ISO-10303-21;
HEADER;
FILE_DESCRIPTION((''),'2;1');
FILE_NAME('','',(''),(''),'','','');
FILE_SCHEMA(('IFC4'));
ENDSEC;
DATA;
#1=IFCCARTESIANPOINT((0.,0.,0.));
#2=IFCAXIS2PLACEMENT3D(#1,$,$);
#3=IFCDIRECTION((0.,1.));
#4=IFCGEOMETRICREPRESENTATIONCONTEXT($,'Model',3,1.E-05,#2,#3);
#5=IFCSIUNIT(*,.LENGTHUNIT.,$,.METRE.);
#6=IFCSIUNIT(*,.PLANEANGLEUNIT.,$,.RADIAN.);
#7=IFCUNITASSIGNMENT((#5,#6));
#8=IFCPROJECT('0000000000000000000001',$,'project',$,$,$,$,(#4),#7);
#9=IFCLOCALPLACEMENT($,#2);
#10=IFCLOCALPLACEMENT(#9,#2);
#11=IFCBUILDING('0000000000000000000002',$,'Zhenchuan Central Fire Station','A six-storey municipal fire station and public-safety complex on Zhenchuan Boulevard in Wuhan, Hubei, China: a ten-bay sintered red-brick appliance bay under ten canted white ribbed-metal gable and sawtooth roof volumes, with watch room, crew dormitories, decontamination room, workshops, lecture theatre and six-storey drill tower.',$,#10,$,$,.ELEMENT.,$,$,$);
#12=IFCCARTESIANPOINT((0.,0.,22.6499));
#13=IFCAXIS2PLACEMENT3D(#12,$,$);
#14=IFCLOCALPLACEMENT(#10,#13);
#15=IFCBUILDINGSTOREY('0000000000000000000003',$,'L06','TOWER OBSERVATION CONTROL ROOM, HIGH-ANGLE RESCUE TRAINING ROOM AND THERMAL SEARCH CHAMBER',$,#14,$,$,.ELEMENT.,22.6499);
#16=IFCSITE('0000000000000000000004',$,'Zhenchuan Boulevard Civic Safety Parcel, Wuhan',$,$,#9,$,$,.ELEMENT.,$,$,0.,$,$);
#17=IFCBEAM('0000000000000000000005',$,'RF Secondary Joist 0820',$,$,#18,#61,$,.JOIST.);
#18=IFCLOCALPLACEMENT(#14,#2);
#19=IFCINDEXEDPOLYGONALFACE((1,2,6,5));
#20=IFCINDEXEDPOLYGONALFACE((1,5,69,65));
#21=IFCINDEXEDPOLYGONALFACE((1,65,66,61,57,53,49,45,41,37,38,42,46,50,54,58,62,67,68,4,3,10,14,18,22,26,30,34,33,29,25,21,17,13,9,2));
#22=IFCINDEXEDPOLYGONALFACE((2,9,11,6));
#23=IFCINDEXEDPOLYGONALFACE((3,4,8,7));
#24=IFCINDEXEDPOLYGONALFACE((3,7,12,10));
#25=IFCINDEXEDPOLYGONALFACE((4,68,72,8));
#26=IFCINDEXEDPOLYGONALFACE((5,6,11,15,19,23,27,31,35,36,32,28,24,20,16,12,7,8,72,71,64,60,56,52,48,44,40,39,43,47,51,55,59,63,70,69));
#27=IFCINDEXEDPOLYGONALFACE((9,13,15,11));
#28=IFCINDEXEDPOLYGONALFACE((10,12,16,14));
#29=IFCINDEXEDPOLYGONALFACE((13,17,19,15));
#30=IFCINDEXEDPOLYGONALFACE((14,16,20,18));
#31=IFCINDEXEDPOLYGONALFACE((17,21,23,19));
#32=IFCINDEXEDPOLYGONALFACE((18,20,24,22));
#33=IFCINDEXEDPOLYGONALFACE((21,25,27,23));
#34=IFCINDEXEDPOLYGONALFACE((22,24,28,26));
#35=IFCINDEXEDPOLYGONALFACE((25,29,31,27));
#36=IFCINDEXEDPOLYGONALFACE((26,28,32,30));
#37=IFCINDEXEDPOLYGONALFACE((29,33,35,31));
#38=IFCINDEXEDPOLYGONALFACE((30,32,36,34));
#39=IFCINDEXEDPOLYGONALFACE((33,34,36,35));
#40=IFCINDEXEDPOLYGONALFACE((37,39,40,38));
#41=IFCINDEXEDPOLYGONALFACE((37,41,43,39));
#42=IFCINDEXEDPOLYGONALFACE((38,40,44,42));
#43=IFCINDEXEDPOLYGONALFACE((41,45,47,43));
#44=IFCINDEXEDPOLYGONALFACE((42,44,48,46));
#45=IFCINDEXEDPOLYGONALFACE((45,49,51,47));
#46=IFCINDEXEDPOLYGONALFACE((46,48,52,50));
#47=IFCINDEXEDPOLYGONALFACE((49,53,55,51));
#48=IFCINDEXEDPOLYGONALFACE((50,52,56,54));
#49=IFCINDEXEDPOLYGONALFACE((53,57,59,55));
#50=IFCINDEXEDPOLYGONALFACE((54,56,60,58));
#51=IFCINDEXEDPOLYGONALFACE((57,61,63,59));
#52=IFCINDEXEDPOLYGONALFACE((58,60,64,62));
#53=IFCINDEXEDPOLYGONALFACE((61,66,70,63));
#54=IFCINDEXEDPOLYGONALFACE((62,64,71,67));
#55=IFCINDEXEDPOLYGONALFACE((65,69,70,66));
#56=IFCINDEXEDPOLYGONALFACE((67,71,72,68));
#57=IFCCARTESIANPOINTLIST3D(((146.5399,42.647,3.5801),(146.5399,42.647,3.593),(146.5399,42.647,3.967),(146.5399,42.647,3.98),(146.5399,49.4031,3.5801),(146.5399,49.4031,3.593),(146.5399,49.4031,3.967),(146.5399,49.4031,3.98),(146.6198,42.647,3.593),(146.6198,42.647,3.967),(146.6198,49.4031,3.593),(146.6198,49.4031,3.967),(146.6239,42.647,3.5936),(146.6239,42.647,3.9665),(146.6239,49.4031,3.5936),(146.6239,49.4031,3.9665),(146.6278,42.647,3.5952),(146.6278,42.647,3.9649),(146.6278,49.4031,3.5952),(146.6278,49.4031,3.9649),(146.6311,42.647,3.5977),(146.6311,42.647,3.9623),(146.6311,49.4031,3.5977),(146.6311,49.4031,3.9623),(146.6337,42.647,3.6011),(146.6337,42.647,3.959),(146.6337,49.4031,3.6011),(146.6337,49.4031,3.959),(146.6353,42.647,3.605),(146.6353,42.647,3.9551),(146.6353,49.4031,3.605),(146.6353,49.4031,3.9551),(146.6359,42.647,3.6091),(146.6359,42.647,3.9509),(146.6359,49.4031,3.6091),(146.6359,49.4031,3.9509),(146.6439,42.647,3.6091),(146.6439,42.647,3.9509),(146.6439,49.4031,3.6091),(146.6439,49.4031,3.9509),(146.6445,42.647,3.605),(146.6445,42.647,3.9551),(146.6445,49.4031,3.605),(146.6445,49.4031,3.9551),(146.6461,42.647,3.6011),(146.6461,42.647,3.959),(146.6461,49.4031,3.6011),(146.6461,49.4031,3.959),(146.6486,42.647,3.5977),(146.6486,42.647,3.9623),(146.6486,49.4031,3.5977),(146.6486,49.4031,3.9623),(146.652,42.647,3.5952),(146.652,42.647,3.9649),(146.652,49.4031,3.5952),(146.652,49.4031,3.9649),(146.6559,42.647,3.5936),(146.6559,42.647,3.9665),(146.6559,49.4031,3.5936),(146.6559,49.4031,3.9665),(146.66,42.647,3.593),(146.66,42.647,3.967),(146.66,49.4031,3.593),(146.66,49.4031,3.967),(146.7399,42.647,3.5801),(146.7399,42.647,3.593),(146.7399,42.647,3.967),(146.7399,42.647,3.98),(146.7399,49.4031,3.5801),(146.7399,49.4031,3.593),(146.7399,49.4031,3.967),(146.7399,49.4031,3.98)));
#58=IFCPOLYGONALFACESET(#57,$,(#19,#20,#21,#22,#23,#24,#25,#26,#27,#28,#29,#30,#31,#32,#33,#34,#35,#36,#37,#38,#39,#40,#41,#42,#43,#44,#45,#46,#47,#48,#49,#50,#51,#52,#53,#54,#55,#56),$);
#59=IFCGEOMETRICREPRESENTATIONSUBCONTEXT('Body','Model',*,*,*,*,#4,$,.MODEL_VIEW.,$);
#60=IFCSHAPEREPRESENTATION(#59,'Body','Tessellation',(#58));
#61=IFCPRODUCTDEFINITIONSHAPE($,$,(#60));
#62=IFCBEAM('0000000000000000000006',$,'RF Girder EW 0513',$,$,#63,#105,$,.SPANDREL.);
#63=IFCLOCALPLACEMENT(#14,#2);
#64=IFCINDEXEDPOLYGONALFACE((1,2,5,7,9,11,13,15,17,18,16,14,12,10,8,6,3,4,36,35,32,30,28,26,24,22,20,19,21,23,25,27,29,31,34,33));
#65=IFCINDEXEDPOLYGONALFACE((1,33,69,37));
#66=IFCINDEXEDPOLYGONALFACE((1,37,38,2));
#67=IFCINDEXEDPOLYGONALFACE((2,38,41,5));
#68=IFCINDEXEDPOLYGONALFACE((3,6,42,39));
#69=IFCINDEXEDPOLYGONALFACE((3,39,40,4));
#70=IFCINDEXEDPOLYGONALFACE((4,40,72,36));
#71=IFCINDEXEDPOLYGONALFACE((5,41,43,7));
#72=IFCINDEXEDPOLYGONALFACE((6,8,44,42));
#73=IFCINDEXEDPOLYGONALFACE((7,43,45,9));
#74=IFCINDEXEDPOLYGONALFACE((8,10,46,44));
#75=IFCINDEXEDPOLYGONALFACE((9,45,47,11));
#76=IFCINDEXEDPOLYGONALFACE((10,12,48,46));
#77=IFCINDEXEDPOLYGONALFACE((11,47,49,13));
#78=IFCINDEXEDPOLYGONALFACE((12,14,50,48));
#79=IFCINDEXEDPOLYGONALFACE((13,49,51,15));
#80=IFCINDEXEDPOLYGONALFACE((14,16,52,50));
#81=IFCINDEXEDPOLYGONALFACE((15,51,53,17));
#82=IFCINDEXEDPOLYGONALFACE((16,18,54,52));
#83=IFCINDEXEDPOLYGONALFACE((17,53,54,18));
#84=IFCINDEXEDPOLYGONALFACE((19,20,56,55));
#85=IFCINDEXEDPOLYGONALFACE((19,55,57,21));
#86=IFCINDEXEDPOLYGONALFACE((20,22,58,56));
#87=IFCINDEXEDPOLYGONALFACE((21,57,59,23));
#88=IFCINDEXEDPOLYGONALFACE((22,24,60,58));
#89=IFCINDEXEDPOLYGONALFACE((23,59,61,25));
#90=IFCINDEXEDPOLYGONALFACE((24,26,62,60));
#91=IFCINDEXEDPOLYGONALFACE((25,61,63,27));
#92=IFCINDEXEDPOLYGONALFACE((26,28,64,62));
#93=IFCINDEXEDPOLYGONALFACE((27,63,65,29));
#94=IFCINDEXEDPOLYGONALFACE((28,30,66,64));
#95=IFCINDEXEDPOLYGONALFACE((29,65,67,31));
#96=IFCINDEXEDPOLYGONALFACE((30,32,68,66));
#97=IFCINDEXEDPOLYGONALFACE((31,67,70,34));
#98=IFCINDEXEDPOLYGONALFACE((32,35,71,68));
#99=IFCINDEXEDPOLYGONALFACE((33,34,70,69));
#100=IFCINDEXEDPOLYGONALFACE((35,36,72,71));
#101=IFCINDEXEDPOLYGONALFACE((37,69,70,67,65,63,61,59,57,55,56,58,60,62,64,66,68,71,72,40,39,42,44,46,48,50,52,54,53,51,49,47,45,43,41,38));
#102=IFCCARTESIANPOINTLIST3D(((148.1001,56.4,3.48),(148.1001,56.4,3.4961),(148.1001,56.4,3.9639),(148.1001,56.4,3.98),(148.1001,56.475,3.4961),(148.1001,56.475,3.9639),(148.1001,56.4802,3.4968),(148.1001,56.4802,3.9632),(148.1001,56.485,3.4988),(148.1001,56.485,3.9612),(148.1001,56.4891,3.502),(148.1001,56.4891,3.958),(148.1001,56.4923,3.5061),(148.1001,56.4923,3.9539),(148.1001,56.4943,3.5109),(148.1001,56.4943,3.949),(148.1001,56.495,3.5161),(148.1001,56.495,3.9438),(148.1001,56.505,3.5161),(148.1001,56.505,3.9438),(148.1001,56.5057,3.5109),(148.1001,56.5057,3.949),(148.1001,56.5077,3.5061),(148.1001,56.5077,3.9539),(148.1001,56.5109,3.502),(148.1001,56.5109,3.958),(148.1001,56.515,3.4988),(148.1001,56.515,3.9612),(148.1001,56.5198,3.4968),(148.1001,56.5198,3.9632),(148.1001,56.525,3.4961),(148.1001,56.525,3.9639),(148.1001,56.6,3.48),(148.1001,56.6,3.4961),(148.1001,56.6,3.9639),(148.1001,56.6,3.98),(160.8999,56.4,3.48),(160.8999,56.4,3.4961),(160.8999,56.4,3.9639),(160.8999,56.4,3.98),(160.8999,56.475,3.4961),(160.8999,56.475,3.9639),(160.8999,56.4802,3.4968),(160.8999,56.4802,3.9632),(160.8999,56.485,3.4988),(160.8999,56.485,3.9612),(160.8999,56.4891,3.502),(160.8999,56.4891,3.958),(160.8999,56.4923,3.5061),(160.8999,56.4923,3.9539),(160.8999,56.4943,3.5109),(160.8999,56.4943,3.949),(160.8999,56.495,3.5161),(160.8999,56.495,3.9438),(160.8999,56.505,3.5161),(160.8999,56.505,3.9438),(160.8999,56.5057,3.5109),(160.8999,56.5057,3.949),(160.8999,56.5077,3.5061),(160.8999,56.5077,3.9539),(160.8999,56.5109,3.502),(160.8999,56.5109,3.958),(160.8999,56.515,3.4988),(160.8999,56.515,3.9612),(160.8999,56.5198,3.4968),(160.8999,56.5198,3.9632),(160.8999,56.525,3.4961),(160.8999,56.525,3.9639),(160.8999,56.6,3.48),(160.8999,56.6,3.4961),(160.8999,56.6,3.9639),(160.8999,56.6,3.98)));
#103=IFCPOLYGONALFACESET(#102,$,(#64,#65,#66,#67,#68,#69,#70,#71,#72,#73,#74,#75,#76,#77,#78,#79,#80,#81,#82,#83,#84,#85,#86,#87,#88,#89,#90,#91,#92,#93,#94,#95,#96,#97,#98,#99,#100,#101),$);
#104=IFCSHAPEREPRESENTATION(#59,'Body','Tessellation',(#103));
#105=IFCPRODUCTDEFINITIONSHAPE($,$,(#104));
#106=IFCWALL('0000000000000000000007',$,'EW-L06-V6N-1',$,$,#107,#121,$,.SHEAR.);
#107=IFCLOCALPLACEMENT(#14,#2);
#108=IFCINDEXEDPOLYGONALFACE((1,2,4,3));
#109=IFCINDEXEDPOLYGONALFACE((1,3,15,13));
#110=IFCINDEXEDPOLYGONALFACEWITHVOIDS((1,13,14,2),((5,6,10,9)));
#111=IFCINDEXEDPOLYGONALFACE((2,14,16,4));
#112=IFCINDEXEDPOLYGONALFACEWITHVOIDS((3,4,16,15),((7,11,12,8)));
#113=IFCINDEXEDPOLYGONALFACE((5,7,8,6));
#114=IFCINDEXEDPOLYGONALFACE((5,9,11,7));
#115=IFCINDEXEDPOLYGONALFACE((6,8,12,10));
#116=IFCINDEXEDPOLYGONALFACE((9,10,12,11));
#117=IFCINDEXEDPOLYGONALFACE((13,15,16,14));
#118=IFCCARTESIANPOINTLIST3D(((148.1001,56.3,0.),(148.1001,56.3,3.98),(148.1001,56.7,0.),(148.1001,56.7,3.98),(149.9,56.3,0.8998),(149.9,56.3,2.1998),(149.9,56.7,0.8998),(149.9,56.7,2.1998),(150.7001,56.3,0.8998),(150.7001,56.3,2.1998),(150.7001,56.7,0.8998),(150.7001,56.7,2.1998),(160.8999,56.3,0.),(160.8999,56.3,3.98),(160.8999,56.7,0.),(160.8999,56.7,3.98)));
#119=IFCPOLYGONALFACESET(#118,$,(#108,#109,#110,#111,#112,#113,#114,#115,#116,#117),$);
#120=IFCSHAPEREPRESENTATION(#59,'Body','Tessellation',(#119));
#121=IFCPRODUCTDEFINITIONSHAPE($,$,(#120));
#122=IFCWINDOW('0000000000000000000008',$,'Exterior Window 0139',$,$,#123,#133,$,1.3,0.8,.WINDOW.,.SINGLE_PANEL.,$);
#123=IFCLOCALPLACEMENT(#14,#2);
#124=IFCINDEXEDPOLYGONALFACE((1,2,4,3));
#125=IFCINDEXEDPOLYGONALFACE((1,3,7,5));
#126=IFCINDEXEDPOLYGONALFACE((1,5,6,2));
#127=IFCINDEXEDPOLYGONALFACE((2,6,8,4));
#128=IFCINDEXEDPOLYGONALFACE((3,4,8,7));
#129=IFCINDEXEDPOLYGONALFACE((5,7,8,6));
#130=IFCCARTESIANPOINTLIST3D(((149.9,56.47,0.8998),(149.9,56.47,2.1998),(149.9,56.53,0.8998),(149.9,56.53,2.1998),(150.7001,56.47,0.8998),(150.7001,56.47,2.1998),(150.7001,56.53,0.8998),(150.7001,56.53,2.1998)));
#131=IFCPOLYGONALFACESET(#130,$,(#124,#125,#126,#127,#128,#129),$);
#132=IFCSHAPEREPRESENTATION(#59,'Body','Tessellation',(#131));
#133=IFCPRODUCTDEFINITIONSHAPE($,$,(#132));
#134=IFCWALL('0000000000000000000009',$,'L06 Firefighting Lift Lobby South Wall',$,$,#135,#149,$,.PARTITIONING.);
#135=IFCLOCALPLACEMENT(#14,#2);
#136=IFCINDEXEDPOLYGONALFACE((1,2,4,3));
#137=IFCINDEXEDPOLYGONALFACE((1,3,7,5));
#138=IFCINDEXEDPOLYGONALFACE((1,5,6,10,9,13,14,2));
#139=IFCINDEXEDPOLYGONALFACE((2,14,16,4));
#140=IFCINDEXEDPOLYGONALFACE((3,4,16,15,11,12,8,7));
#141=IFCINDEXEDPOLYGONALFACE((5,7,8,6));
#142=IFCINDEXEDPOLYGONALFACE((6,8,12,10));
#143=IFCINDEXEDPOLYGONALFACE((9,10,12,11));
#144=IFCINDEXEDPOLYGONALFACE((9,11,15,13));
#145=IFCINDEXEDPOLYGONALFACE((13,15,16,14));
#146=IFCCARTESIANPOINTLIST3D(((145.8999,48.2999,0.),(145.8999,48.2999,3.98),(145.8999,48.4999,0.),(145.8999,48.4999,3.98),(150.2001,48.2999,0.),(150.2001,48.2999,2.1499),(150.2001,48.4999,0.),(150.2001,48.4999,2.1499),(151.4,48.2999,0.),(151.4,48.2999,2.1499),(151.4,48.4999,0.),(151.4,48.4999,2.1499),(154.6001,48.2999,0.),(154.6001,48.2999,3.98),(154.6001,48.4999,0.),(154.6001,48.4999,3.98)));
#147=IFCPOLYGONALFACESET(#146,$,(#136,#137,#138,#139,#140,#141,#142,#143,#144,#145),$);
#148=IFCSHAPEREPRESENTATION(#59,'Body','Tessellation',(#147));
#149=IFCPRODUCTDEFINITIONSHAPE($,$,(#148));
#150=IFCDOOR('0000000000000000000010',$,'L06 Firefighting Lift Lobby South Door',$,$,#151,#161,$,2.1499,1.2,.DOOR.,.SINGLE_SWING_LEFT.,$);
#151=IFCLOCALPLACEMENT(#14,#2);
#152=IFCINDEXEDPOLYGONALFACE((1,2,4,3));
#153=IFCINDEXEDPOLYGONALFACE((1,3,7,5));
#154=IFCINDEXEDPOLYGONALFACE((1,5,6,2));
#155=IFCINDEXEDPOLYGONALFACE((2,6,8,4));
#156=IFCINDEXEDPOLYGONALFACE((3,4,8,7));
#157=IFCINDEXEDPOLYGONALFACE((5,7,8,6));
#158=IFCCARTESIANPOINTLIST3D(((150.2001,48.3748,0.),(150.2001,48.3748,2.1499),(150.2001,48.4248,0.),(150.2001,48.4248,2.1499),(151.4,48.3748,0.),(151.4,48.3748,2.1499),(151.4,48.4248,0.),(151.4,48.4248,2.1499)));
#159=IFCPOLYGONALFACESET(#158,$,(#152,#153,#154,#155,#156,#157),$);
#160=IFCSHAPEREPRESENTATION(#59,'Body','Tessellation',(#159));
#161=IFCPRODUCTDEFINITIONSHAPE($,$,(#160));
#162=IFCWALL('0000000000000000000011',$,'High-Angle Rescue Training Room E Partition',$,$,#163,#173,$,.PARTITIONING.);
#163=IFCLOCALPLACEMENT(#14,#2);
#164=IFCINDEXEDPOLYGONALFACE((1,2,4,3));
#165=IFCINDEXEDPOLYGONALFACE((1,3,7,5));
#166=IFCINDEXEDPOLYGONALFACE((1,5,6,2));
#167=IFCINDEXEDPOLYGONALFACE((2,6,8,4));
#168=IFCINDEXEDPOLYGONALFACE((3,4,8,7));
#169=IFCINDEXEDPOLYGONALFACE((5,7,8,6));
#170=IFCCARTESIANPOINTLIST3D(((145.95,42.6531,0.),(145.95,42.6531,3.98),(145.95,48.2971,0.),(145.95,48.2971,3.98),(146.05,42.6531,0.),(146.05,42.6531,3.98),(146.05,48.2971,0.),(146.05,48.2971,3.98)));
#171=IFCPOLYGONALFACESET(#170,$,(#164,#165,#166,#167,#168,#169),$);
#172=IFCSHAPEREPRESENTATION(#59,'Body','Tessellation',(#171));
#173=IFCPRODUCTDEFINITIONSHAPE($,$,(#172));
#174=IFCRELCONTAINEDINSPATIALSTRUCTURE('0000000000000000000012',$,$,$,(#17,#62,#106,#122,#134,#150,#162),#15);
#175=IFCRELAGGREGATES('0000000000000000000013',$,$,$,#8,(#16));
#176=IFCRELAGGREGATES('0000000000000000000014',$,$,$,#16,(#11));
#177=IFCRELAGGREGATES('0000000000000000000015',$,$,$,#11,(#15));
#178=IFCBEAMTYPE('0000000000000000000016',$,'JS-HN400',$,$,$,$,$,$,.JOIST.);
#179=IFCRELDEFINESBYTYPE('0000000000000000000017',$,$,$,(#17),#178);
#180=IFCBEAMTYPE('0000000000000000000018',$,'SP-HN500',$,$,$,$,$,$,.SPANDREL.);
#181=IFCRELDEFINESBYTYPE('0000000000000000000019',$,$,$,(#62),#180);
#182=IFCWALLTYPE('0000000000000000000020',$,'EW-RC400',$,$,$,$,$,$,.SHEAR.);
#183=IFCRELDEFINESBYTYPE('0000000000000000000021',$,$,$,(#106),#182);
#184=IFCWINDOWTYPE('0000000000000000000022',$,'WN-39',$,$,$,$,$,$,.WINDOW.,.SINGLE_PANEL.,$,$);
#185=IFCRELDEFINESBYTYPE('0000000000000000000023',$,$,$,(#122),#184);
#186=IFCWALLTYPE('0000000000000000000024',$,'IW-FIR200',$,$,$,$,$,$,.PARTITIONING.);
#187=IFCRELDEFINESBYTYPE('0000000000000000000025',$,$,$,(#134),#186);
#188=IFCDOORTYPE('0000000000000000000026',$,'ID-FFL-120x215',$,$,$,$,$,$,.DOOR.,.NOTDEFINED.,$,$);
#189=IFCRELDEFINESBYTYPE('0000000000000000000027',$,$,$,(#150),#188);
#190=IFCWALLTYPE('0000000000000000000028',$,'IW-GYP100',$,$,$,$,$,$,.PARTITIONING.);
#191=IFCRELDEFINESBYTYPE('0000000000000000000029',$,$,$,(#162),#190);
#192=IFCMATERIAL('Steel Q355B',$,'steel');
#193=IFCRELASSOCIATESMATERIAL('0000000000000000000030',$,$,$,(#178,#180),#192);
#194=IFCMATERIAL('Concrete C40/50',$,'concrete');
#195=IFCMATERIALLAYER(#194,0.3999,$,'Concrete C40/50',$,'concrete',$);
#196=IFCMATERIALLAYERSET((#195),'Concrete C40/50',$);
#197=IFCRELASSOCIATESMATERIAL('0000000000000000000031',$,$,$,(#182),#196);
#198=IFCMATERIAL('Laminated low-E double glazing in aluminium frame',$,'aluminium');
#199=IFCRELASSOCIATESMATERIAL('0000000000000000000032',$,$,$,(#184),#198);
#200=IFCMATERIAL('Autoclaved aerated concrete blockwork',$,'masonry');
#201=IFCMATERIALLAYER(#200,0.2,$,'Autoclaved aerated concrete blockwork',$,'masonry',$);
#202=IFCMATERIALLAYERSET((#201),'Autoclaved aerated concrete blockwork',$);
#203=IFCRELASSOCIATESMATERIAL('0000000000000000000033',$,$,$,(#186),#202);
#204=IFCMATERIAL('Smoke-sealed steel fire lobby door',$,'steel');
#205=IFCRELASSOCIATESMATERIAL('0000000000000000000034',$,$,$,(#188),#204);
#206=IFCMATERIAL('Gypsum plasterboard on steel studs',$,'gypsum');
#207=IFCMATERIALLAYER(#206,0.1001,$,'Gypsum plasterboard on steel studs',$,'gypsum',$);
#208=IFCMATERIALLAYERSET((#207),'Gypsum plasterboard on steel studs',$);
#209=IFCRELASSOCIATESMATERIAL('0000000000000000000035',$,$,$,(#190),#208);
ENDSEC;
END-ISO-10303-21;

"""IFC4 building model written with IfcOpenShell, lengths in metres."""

from ifc_helpers import new_model, si_unit, direction, frame, frame_2d, origin, origin_2d, place, context, subcontext, project, spatial, rectangle, i_section, extrude, material, layer, layer_set, material_profile, profile_set, type_object, element, fill, save


model = new_model("IFC4")

# Units and contexts
model_context = context("Model", 3, precision=1e-05, world=origin(), true_north=direction((0.0, 1.0)))
body_context = subcontext(model_context, "Body", "Model", "MODEL_VIEW")
ifc_project = project(units=[si_unit("LENGTHUNIT", "METRE"), si_unit("PLANEANGLEUNIT", "RADIAN")], contexts=[model_context])

# Site, building, storey
site_placement = place(None, origin())
site = spatial("IfcSite", under=ifc_project, at=site_placement, Name="Zhenchuan Boulevard Civic Safety Parcel, Wuhan", CompositionType="ELEMENT", RefElevation=0.0)
building_placement = place(site_placement, origin())
building = spatial("IfcBuilding", under=site, at=building_placement, Name="Zhenchuan Central Fire Station", Description="A six-storey municipal fire station and public-safety complex on Zhenchuan Boulevard in Wuhan, Hubei, China: a ten-bay sintered red-brick appliance bay under ten canted white ribbed-metal gable and sawtooth roof volumes, with watch room, crew dormitories, decontamination room, workshops, lecture theatre and six-storey drill tower.", CompositionType="ELEMENT")
storey_placement = place(building_placement, frame((0.0, 0.0, 22.6499)))
storey = spatial("IfcBuildingStorey", under=building, at=storey_placement, Name="L06", Description="TOWER OBSERVATION CONTROL ROOM, HIGH-ANGLE RESCUE TRAINING ROOM AND THERMAL SEARCH CHAMBER", CompositionType="ELEMENT", Elevation=22.6499)

# Shared definitions
ifc_material_1 = material(Name="Steel Q355B", Category="steel")

# Beams
ifc_material_profile_1 = material_profile(ifc_material_1, i_section(OverallWidth=0.2, OverallDepth=0.3999, WebThickness=0.0081, FlangeThickness=0.0129, FilletRadius=0.0161, at=origin_2d()), Name="HN 400x200")
ifc_profile_set_1 = profile_set([ifc_material_profile_1], Name="Steel Q355B")
beam_type_1 = type_object("IfcBeamType", Name="JS-HN400", PredefinedType="JOIST", material=ifc_profile_set_1)
beam_1_placement = place(storey_placement, frame((146.6399, 42.647, 3.78), z_axis=(0.0, 1.0, 0.0), x_axis=(-1.0, 0.0, 0.0)))
element("IfcBeam", 1, at=beam_1_placement, inside=storey, type_object=beam_type_1, Name="RF Secondary Joist 0820", PredefinedType="JOIST", context=body_context, shape_type="SweptSolid", body=[
    extrude(i_section(OverallWidth=0.2, OverallDepth=0.3999, WebThickness=0.0081, FlangeThickness=0.0129, FilletRadius=0.0161, at=origin_2d()), origin(), (0.0, 0.0, 1.0), 6.7561),
])
ifc_material_profile_2 = material_profile(ifc_material_1, i_section(OverallWidth=0.2, OverallDepth=0.5, WebThickness=0.01, FlangeThickness=0.0161, FilletRadius=0.02, at=origin_2d()), Name="HN 500x200")
ifc_profile_set_2 = profile_set([ifc_material_profile_2], Name="Steel Q355B")
beam_type_2 = type_object("IfcBeamType", Name="SP-HN500", PredefinedType="SPANDREL", material=ifc_profile_set_2)
beam_2_placement = place(storey_placement, frame((148.1001, 56.5, 3.73), z_axis=(1.0, 0.0, 0.0), x_axis=(0.0, 1.0, 0.0)))
element("IfcBeam", 2, at=beam_2_placement, inside=storey, type_object=beam_type_2, Name="RF Girder EW 0513", PredefinedType="SPANDREL", context=body_context, shape_type="SweptSolid", body=[
    extrude(i_section(OverallWidth=0.2, OverallDepth=0.5, WebThickness=0.01, FlangeThickness=0.0161, FilletRadius=0.02, at=origin_2d()), origin(), (0.0, 0.0, 1.0), 12.7998),
])

# Wall, opening, window
ifc_material_2 = material(Name="Concrete C40/50", Category="concrete")
ifc_layer_1 = layer(ifc_material_2, 0.3999, Name="Concrete C40/50", Category="concrete")
ifc_layer_set_1 = layer_set([ifc_layer_1], Name="Concrete C40/50")
wall_type_1 = type_object("IfcWallType", Name="EW-RC400", PredefinedType="SHEAR", material=ifc_layer_set_1)
wall_1_placement = place(storey_placement, frame((148.1001, 56.5, 0.0), z_axis=(0.0, 0.0, 1.0), x_axis=(1.0, 0.0, 0.0)))
wall_1 = element("IfcWall", 3, at=wall_1_placement, inside=storey, type_object=wall_type_1, Name="EW-L06-V6N-1", PredefinedType="SHEAR", context=body_context, shape_type="SweptSolid", body=[
    extrude(rectangle(XDim=12.7998, YDim=0.3999, at=frame_2d((6.3999, 0.0))), origin(), (0.0, 0.0, 1.0), 3.98),
])
opening_1_placement = place(wall_1_placement, frame((1.8, 0.0, 0.8999)))
opening_1 = element("IfcOpeningElement", 4, at=opening_1_placement, cuts=wall_1, PredefinedType="OPENING", context=body_context, shape_type="SweptSolid", body=[
    extrude(rectangle(XDim=0.8, YDim=1.3, at=frame_2d((0.3999, 0.6499))), frame((0.0, 0.21, 0.0), z_axis=(0.0, -1.0, 0.0), x_axis=(1.0, 0.0, 0.0)), (0.0, 0.0, 1.0), 0.4199),
])
ifc_material_3 = material(Name="Laminated low-E double glazing in aluminium frame", Category="aluminium")
window_type = type_object("IfcWindowType", Name="WN-39", PartitioningType="SINGLE_PANEL", PredefinedType="WINDOW", material=ifc_material_3)
window_placement = place(opening_1_placement, origin())
window = element("IfcWindow", 5, at=window_placement, inside=storey, type_object=window_type, Name="Exterior Window 0139", OverallHeight=1.3, OverallWidth=0.8, PartitioningType="SINGLE_PANEL", PredefinedType="WINDOW", context=body_context, shape_type="SweptSolid", body=[
    extrude(rectangle(XDim=0.8, YDim=1.3, at=frame_2d((0.3999, 0.6499))), frame((0.0, 0.03, 0.0), z_axis=(0.0, -1.0, 0.0), x_axis=(1.0, 0.0, 0.0)), (0.0, 0.0, 1.0), 0.0601),
])
fill(opening_1, window)

# Shared definitions
ifc_material_4 = material(Name="Autoclaved aerated concrete blockwork", Category="masonry")
ifc_layer_2 = layer(ifc_material_4, 0.2, Name="Autoclaved aerated concrete blockwork", Category="masonry")
ifc_layer_set_2 = layer_set([ifc_layer_2], Name="Autoclaved aerated concrete blockwork")
wall_type_2 = type_object("IfcWallType", Name="IW-FIR200", PredefinedType="PARTITIONING", material=ifc_layer_set_2)

# Wall, opening, door
wall_2_placement = place(storey_placement, frame((145.8999, 48.3999, 0.0), z_axis=(0.0, 0.0, 1.0), x_axis=(1.0, 0.0, 0.0)))
wall_2 = element("IfcWall", 6, at=wall_2_placement, inside=storey, type_object=wall_type_2, Name="L06 Firefighting Lift Lobby South Wall", PredefinedType="PARTITIONING", context=body_context, shape_type="SweptSolid", body=[
    extrude(rectangle(XDim=8.7002, YDim=0.2, at=frame_2d((4.3501, 0.0))), origin(), (0.0, 0.0, 1.0), 3.98),
])
opening_2_placement = place(wall_2_placement, frame((4.3, 0.0, 0.0)))
opening_2 = element("IfcOpeningElement", 7, at=opening_2_placement, cuts=wall_2, PredefinedType="OPENING", context=body_context, shape_type="SweptSolid", body=[
    extrude(rectangle(XDim=1.2, YDim=2.1499, at=frame_2d((0.6001, 1.075))), frame((0.0, 0.1099, 0.0), z_axis=(0.0, -1.0, 0.0), x_axis=(1.0, 0.0, 0.0)), (0.0, 0.0, 1.0), 0.22),
])
ifc_material_5 = material(Name="Smoke-sealed steel fire lobby door", Category="steel")
door_type_1 = type_object("IfcDoorType", Name="ID-FFL-120x215", OperationType="NOTDEFINED", PredefinedType="DOOR", material=ifc_material_5)
door_1_placement = place(opening_2_placement, origin())
door_1 = element("IfcDoor", 8, at=door_1_placement, inside=storey, type_object=door_type_1, Name="L06 Firefighting Lift Lobby South Door", OperationType="SINGLE_SWING_LEFT", OverallHeight=2.1499, OverallWidth=1.2, PredefinedType="DOOR", context=body_context, shape_type="SweptSolid", body=[
    extrude(rectangle(XDim=1.2, YDim=2.1499, at=frame_2d((0.6001, 1.075))), frame((0.0, 0.0249, 0.0), z_axis=(0.0, -1.0, 0.0), x_axis=(1.0, 0.0, 0.0)), (0.0, 0.0, 1.0), 0.05),
])
fill(opening_2, door_1)

# Wall
ifc_material_6 = material(Name="Gypsum plasterboard on steel studs", Category="gypsum")
ifc_layer_3 = layer(ifc_material_6, 0.1001, Name="Gypsum plasterboard on steel studs", Category="gypsum")
ifc_layer_set_3 = layer_set([ifc_layer_3], Name="Gypsum plasterboard on steel studs")
wall_type_3 = type_object("IfcWallType", Name="IW-GYP100", PredefinedType="PARTITIONING", material=ifc_layer_set_3)
wall_3_placement = place(storey_placement, frame((146.0, 42.6531, 0.0), z_axis=(0.0, 0.0, 1.0), x_axis=(0.0, 1.0, 0.0)))
element("IfcWall", 9, at=wall_3_placement, inside=storey, type_object=wall_type_3, Name="High-Angle Rescue Training Room E Partition", PredefinedType="PARTITIONING", context=body_context, shape_type="SweptSolid", body=[
    extrude(rectangle(XDim=5.644, YDim=0.1001, at=frame_2d((2.822, 0.0))), origin(), (0.0, 0.0, 1.0), 3.98),
])

save(model, "model.ifc")
